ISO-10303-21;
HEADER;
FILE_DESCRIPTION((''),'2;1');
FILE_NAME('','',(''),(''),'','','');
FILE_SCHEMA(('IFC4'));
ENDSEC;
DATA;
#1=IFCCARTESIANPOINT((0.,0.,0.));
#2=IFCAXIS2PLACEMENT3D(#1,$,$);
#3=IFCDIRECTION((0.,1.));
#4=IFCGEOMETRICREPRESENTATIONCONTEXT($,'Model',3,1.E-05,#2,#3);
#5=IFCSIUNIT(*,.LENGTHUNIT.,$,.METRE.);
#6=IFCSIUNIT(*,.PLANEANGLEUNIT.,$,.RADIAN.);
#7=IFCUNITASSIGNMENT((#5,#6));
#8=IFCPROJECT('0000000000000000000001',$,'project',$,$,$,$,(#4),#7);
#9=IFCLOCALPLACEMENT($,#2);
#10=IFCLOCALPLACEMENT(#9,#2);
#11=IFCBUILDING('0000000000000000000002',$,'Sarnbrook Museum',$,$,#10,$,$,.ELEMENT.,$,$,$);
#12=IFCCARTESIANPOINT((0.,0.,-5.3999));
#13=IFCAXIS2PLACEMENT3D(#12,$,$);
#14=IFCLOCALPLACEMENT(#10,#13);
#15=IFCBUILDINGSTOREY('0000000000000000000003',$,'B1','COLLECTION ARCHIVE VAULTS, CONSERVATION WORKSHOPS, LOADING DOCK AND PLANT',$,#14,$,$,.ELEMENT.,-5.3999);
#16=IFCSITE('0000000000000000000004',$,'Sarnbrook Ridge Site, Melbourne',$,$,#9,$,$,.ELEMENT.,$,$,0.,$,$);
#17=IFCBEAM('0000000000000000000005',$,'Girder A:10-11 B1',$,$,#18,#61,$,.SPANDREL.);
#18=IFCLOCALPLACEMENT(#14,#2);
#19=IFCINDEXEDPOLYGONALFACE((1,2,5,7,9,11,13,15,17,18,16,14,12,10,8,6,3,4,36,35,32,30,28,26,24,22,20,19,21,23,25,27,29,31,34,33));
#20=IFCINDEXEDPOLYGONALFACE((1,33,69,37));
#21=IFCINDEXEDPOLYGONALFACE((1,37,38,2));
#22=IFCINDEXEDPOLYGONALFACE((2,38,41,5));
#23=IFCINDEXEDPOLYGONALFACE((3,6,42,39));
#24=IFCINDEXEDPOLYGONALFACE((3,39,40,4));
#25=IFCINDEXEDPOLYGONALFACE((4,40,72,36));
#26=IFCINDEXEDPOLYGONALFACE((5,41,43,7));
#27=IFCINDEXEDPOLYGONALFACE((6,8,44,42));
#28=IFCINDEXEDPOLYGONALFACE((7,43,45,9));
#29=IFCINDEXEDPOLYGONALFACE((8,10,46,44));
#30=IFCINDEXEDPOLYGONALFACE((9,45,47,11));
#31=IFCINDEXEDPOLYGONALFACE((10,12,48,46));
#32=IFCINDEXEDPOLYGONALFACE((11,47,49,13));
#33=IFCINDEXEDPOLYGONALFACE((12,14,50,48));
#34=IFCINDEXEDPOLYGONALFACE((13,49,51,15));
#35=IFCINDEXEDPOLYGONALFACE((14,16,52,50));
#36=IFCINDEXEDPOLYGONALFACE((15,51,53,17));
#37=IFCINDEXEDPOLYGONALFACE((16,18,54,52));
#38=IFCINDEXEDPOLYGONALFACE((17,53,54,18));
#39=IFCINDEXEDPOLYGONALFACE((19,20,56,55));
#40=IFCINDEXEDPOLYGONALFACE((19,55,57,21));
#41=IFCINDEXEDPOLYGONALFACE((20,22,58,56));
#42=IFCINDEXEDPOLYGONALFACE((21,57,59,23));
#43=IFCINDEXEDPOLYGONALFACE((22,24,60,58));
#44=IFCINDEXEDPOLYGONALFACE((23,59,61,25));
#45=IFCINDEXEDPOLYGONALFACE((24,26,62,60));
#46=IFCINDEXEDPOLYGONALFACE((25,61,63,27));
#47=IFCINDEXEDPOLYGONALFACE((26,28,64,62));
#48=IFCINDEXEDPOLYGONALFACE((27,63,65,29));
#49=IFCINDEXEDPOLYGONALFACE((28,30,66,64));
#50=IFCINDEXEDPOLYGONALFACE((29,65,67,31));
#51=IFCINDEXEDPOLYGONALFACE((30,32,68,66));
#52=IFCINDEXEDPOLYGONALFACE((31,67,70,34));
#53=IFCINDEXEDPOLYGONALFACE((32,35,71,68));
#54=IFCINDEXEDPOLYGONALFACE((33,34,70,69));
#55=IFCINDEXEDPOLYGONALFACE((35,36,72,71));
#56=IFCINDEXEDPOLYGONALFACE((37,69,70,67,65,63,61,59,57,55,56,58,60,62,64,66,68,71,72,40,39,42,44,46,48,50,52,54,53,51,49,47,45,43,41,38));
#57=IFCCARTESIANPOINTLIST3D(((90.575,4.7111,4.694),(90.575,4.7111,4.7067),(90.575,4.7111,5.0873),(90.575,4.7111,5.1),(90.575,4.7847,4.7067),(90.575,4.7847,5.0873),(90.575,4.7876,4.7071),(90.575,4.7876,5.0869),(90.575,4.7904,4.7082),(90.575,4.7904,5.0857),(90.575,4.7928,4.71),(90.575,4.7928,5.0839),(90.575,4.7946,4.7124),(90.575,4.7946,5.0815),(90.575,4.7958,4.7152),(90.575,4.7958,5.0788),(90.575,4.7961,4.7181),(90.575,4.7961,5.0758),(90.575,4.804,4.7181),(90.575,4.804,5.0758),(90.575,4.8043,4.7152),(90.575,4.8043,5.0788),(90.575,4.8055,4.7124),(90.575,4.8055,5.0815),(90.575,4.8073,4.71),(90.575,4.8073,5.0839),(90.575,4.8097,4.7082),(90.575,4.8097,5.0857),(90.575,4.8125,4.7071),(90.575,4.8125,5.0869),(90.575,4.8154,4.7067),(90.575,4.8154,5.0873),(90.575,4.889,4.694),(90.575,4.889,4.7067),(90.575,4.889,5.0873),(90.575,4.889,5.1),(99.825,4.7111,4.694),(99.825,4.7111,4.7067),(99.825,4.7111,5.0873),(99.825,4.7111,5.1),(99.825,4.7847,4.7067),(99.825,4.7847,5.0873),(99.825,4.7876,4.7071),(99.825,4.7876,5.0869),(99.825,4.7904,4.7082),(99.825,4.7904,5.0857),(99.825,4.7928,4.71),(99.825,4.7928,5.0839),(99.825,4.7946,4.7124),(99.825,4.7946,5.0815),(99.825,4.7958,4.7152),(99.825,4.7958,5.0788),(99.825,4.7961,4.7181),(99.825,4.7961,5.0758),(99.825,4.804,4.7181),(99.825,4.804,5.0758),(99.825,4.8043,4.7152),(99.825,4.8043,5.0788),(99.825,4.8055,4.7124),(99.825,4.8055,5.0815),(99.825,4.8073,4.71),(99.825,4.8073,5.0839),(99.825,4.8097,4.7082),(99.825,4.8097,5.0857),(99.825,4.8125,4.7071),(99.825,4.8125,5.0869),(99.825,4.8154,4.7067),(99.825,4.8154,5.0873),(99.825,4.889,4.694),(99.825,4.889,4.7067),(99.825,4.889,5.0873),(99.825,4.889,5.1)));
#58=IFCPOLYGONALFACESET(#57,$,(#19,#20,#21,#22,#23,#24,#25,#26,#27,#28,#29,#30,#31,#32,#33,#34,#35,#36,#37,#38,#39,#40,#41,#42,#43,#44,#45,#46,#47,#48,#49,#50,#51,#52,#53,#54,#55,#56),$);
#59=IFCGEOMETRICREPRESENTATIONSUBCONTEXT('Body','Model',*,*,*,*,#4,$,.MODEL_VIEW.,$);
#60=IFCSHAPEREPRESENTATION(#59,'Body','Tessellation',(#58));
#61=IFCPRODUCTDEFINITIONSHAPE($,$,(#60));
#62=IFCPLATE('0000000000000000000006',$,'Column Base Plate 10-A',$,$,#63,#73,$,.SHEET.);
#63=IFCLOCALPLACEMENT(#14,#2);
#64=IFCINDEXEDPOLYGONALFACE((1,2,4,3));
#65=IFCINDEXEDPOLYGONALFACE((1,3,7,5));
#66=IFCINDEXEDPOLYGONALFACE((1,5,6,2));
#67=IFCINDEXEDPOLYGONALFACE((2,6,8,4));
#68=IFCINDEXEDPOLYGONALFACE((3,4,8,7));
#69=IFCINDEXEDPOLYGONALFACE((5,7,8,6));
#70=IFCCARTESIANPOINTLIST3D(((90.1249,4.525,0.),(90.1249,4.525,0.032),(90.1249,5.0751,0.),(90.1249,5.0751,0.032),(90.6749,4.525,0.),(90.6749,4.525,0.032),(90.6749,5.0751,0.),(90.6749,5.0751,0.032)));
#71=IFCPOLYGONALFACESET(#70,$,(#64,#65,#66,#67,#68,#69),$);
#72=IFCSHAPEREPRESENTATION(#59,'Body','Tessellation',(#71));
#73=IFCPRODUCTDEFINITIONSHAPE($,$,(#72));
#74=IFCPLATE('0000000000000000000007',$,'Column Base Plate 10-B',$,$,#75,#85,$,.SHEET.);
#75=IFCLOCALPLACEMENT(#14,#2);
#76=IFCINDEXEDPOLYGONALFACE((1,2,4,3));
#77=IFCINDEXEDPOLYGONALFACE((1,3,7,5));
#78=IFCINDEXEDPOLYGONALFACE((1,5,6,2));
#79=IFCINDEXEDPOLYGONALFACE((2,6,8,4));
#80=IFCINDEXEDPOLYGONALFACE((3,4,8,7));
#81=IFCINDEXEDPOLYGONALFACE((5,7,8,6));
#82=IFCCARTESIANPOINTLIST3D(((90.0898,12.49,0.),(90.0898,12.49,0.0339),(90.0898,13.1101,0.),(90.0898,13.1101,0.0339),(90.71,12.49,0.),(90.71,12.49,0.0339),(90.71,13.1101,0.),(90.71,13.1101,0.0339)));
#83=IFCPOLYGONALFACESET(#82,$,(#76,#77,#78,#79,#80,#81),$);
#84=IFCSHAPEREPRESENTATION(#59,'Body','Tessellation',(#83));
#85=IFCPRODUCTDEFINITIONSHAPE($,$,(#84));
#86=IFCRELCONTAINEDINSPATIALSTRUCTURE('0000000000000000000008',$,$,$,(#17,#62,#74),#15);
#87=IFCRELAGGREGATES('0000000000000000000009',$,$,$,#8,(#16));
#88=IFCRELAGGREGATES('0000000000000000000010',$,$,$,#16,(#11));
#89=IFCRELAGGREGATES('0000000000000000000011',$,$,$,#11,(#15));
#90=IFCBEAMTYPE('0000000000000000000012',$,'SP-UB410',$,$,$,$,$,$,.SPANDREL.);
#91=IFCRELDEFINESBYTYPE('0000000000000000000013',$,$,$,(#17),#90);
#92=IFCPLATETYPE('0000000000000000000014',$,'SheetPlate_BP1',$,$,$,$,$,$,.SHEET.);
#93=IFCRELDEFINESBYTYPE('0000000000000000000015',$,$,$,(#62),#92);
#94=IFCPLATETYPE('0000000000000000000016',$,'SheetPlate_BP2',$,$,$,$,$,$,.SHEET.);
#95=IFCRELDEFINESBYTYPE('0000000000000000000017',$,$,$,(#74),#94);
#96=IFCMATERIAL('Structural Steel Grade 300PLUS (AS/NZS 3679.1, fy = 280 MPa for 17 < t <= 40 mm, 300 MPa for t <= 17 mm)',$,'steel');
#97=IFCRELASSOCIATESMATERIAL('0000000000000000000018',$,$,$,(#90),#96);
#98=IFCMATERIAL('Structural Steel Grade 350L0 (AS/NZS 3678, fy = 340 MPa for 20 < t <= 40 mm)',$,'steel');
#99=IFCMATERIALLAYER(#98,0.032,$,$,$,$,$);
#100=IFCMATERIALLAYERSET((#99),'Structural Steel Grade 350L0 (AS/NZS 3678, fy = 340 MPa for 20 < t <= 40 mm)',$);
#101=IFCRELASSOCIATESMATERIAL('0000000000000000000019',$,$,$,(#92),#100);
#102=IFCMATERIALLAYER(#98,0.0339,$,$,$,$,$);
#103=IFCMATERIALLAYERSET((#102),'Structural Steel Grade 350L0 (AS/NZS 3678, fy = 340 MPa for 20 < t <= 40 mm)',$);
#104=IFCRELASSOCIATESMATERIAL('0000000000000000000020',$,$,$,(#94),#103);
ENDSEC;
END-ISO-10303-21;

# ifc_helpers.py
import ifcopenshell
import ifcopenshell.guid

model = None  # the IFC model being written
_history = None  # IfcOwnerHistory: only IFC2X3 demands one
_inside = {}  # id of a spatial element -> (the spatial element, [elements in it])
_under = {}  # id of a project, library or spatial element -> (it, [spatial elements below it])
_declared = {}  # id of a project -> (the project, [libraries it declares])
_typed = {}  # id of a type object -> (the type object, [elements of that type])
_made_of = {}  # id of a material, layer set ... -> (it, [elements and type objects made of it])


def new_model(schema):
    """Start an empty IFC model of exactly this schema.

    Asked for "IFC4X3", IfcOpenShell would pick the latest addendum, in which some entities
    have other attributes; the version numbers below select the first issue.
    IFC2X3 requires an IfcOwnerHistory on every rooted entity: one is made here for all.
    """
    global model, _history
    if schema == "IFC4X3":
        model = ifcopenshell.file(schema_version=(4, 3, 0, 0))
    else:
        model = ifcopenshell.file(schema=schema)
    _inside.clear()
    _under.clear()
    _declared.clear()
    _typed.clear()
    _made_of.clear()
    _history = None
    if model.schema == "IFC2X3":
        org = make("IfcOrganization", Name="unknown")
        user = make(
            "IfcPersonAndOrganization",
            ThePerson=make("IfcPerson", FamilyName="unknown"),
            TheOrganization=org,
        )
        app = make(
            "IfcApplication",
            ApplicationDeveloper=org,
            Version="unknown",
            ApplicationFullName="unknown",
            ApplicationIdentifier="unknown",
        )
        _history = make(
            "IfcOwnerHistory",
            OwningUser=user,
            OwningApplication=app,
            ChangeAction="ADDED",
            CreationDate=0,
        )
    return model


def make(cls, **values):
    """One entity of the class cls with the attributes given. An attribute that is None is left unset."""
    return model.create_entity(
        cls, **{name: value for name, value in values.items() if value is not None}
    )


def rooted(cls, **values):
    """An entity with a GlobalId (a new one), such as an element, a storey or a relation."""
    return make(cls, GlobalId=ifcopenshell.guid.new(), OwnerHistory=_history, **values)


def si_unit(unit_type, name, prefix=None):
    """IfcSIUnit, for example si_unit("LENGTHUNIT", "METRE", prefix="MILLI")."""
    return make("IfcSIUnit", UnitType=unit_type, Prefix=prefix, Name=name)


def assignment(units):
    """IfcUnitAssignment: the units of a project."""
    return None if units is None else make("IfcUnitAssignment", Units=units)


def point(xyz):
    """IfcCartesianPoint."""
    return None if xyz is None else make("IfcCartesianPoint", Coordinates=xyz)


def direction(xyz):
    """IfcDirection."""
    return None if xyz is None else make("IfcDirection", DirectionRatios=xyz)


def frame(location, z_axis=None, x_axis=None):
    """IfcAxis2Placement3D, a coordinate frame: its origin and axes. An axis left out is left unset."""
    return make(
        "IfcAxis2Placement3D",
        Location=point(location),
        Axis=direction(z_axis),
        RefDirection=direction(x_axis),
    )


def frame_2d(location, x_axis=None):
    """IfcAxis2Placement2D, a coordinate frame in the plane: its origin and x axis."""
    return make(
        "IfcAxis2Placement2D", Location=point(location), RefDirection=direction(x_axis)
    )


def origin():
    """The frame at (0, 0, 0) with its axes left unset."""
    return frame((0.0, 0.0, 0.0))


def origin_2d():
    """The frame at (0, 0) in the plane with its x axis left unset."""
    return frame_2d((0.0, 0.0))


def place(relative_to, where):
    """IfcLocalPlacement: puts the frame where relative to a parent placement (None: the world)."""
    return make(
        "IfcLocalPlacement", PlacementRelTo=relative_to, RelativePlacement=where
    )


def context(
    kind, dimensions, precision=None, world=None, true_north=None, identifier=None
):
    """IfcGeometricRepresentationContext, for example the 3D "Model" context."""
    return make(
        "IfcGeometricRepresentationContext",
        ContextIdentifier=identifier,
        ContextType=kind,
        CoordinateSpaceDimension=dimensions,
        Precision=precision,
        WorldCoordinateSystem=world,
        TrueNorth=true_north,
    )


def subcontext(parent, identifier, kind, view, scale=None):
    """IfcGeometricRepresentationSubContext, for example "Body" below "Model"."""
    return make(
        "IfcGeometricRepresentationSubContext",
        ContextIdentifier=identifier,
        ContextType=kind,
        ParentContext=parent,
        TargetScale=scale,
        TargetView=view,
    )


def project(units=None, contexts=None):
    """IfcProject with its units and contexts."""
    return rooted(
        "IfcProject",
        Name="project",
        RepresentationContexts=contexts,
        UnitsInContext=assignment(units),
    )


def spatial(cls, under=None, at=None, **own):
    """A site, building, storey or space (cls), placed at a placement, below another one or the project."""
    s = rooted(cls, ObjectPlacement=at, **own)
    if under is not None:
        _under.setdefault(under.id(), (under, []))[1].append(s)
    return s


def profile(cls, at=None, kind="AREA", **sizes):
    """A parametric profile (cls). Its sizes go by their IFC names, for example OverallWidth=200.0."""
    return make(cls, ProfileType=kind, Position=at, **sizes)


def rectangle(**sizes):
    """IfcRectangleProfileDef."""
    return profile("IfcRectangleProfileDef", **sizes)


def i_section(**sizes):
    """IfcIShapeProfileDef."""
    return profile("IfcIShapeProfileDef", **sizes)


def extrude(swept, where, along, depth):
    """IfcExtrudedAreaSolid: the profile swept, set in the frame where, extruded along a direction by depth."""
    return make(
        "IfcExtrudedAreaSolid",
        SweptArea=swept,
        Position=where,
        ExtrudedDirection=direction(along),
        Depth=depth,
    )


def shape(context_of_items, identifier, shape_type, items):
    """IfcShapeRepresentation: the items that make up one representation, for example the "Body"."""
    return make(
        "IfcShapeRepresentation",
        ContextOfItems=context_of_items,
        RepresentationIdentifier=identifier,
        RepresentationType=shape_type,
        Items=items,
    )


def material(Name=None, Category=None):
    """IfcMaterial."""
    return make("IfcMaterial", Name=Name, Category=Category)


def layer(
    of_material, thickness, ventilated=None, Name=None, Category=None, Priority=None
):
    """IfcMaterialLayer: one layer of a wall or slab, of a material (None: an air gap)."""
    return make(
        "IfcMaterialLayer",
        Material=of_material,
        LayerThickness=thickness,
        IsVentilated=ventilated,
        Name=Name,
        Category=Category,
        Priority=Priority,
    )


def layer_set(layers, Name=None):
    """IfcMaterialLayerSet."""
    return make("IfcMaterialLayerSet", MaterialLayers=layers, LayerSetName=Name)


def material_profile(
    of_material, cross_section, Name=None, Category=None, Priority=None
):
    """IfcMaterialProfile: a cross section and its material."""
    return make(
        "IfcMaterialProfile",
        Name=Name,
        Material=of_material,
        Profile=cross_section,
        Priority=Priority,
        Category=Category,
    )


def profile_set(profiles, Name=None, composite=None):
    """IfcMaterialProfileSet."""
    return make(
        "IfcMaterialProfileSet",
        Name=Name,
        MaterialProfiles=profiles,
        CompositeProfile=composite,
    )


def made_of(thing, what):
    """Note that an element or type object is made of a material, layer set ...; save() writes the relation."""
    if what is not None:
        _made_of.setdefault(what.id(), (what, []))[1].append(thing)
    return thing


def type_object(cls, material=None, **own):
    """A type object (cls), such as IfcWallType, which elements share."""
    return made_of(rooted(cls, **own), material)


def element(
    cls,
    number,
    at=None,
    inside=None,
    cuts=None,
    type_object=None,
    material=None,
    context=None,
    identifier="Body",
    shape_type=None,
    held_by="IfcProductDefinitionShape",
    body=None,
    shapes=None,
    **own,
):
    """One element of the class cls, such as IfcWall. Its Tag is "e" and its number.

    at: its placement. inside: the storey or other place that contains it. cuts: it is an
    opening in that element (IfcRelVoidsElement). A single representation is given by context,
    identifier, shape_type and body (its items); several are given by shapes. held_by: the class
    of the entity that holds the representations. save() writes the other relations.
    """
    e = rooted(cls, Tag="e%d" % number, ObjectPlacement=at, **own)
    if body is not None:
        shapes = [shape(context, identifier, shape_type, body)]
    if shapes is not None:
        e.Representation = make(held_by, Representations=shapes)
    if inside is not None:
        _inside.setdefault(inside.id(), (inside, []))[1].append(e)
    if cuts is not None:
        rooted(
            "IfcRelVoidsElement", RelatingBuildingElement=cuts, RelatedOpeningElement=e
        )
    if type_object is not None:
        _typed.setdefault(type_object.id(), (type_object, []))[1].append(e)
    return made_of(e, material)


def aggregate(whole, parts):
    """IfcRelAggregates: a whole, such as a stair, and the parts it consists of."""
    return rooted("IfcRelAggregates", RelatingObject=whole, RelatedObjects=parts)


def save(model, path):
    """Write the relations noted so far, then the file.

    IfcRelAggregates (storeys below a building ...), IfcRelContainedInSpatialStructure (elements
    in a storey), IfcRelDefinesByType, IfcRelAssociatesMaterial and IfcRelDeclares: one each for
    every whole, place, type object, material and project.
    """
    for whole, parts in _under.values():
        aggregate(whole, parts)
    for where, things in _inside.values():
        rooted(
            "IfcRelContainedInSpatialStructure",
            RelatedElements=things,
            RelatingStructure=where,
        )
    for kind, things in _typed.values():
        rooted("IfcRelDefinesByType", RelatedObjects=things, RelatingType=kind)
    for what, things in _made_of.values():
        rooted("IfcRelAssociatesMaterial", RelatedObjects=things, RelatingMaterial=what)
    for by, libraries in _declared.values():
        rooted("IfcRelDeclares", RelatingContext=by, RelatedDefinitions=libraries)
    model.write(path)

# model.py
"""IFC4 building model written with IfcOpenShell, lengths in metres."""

from ifc_helpers import new_model, si_unit, direction, frame, origin, origin_2d, place, context, subcontext, project, spatial, rectangle, i_section, extrude, material, layer, layer_set, material_profile, profile_set, type_object, element, save


model = new_model("IFC4")

# Units and contexts
model_context = context("Model", 3, precision=1e-05, world=origin(), true_north=direction((0.0, 1.0)))
body_context = subcontext(model_context, "Body", "Model", "MODEL_VIEW")
ifc_project = project(units=[si_unit("LENGTHUNIT", "METRE"), si_unit("PLANEANGLEUNIT", "RADIAN")], contexts=[model_context])

# Site, building, storey
site_placement = place(None, origin())
site = spatial("IfcSite", under=ifc_project, at=site_placement, Name="Sarnbrook Ridge Site, Melbourne", CompositionType="ELEMENT", RefElevation=0.0)
building_placement = place(site_placement, origin())
building = spatial("IfcBuilding", under=site, at=building_placement, Name="Sarnbrook Museum", CompositionType="ELEMENT")
storey_placement = place(building_placement, frame((0.0, 0.0, -5.3999)))
storey = spatial("IfcBuildingStorey", under=building, at=storey_placement, Name="B1", Description="COLLECTION ARCHIVE VAULTS, CONSERVATION WORKSHOPS, LOADING DOCK AND PLANT", CompositionType="ELEMENT", Elevation=-5.3999)

# Shared definitions
ifc_material_1 = material(Name="Structural Steel Grade 350L0 (AS/NZS 3678, fy = 340 MPa for 20 < t <= 40 mm)", Category="steel")

# Beam
ifc_material_2 = material(Name="Structural Steel Grade 300PLUS (AS/NZS 3679.1, fy = 280 MPa for 17 < t <= 40 mm, 300 MPa for t <= 17 mm)", Category="steel")
ifc_material_profile_1 = material_profile(ifc_material_2, i_section(OverallWidth=0.178, OverallDepth=0.406, WebThickness=0.0078, FlangeThickness=0.0127, FilletRadius=0.0115, at=origin_2d()), Name="410UB59.7")
ifc_profile_set_1 = profile_set([ifc_material_profile_1], Name="Structural Steel Grade 300PLUS (AS/NZS 3679.1, fy = 280 MPa for 17 < t <= 40 mm, 300 MPa for t <= 17 mm)")
beam_type_1 = type_object("IfcBeamType", Name="SP-UB410", PredefinedType="SPANDREL", material=ifc_profile_set_1)
beam_1_placement = place(storey_placement, frame((90.575, 4.8, 4.897), z_axis=(1.0, 0.0, 0.0), x_axis=(0.0, 1.0, 0.0)))
element("IfcBeam", 1, at=beam_1_placement, inside=storey, type_object=beam_type_1, Name="Girder A:10-11 B1", PredefinedType="SPANDREL", context=body_context, shape_type="SweptSolid", body=[
    extrude(i_section(OverallWidth=0.178, OverallDepth=0.406, WebThickness=0.0078, FlangeThickness=0.0127, FilletRadius=0.0115, at=origin_2d()), origin(), (0.0, 0.0, 1.0), 9.25),
])

# Plates
ifc_layer_1 = layer(ifc_material_1, 0.032)
ifc_layer_set_1 = layer_set([ifc_layer_1], Name="Structural Steel Grade 350L0 (AS/NZS 3678, fy = 340 MPa for 20 < t <= 40 mm)")
plate_type_1 = type_object("IfcPlateType", Name="SheetPlate_BP1", PredefinedType="SHEET", material=ifc_layer_set_1)
plate_1_placement = place(storey_placement, frame((90.3999, 4.8, 0.0), z_axis=(0.0, 0.0, 1.0), x_axis=(1.0, 0.0, 0.0)))
element("IfcPlate", 2, at=plate_1_placement, inside=storey, type_object=plate_type_1, Name="Column Base Plate 10-A", PredefinedType="SHEET", context=body_context, shape_type="SweptSolid", body=[
    extrude(rectangle(XDim=0.55, YDim=0.55, at=origin_2d()), origin(), (0.0, 0.0, 1.0), 0.032),
])
ifc_layer_2 = layer(ifc_material_1, 0.0339)
ifc_layer_set_2 = layer_set([ifc_layer_2], Name="Structural Steel Grade 350L0 (AS/NZS 3678, fy = 340 MPa for 20 < t <= 40 mm)")
plate_type_2 = type_object("IfcPlateType", Name="SheetPlate_BP2", PredefinedType="SHEET", material=ifc_layer_set_2)
plate_2_placement = place(storey_placement, frame((90.3999, 12.8, 0.0), z_axis=(0.0, 0.0, 1.0), x_axis=(1.0, 0.0, 0.0)))
element("IfcPlate", 3, at=plate_2_placement, inside=storey, type_object=plate_type_2, Name="Column Base Plate 10-B", PredefinedType="SHEET", context=body_context, shape_type="SweptSolid", body=[
    extrude(rectangle(XDim=0.6201, YDim=0.6201, at=origin_2d()), origin(), (0.0, 0.0, 1.0), 0.0339),
])

save(model, "model.ifc")
